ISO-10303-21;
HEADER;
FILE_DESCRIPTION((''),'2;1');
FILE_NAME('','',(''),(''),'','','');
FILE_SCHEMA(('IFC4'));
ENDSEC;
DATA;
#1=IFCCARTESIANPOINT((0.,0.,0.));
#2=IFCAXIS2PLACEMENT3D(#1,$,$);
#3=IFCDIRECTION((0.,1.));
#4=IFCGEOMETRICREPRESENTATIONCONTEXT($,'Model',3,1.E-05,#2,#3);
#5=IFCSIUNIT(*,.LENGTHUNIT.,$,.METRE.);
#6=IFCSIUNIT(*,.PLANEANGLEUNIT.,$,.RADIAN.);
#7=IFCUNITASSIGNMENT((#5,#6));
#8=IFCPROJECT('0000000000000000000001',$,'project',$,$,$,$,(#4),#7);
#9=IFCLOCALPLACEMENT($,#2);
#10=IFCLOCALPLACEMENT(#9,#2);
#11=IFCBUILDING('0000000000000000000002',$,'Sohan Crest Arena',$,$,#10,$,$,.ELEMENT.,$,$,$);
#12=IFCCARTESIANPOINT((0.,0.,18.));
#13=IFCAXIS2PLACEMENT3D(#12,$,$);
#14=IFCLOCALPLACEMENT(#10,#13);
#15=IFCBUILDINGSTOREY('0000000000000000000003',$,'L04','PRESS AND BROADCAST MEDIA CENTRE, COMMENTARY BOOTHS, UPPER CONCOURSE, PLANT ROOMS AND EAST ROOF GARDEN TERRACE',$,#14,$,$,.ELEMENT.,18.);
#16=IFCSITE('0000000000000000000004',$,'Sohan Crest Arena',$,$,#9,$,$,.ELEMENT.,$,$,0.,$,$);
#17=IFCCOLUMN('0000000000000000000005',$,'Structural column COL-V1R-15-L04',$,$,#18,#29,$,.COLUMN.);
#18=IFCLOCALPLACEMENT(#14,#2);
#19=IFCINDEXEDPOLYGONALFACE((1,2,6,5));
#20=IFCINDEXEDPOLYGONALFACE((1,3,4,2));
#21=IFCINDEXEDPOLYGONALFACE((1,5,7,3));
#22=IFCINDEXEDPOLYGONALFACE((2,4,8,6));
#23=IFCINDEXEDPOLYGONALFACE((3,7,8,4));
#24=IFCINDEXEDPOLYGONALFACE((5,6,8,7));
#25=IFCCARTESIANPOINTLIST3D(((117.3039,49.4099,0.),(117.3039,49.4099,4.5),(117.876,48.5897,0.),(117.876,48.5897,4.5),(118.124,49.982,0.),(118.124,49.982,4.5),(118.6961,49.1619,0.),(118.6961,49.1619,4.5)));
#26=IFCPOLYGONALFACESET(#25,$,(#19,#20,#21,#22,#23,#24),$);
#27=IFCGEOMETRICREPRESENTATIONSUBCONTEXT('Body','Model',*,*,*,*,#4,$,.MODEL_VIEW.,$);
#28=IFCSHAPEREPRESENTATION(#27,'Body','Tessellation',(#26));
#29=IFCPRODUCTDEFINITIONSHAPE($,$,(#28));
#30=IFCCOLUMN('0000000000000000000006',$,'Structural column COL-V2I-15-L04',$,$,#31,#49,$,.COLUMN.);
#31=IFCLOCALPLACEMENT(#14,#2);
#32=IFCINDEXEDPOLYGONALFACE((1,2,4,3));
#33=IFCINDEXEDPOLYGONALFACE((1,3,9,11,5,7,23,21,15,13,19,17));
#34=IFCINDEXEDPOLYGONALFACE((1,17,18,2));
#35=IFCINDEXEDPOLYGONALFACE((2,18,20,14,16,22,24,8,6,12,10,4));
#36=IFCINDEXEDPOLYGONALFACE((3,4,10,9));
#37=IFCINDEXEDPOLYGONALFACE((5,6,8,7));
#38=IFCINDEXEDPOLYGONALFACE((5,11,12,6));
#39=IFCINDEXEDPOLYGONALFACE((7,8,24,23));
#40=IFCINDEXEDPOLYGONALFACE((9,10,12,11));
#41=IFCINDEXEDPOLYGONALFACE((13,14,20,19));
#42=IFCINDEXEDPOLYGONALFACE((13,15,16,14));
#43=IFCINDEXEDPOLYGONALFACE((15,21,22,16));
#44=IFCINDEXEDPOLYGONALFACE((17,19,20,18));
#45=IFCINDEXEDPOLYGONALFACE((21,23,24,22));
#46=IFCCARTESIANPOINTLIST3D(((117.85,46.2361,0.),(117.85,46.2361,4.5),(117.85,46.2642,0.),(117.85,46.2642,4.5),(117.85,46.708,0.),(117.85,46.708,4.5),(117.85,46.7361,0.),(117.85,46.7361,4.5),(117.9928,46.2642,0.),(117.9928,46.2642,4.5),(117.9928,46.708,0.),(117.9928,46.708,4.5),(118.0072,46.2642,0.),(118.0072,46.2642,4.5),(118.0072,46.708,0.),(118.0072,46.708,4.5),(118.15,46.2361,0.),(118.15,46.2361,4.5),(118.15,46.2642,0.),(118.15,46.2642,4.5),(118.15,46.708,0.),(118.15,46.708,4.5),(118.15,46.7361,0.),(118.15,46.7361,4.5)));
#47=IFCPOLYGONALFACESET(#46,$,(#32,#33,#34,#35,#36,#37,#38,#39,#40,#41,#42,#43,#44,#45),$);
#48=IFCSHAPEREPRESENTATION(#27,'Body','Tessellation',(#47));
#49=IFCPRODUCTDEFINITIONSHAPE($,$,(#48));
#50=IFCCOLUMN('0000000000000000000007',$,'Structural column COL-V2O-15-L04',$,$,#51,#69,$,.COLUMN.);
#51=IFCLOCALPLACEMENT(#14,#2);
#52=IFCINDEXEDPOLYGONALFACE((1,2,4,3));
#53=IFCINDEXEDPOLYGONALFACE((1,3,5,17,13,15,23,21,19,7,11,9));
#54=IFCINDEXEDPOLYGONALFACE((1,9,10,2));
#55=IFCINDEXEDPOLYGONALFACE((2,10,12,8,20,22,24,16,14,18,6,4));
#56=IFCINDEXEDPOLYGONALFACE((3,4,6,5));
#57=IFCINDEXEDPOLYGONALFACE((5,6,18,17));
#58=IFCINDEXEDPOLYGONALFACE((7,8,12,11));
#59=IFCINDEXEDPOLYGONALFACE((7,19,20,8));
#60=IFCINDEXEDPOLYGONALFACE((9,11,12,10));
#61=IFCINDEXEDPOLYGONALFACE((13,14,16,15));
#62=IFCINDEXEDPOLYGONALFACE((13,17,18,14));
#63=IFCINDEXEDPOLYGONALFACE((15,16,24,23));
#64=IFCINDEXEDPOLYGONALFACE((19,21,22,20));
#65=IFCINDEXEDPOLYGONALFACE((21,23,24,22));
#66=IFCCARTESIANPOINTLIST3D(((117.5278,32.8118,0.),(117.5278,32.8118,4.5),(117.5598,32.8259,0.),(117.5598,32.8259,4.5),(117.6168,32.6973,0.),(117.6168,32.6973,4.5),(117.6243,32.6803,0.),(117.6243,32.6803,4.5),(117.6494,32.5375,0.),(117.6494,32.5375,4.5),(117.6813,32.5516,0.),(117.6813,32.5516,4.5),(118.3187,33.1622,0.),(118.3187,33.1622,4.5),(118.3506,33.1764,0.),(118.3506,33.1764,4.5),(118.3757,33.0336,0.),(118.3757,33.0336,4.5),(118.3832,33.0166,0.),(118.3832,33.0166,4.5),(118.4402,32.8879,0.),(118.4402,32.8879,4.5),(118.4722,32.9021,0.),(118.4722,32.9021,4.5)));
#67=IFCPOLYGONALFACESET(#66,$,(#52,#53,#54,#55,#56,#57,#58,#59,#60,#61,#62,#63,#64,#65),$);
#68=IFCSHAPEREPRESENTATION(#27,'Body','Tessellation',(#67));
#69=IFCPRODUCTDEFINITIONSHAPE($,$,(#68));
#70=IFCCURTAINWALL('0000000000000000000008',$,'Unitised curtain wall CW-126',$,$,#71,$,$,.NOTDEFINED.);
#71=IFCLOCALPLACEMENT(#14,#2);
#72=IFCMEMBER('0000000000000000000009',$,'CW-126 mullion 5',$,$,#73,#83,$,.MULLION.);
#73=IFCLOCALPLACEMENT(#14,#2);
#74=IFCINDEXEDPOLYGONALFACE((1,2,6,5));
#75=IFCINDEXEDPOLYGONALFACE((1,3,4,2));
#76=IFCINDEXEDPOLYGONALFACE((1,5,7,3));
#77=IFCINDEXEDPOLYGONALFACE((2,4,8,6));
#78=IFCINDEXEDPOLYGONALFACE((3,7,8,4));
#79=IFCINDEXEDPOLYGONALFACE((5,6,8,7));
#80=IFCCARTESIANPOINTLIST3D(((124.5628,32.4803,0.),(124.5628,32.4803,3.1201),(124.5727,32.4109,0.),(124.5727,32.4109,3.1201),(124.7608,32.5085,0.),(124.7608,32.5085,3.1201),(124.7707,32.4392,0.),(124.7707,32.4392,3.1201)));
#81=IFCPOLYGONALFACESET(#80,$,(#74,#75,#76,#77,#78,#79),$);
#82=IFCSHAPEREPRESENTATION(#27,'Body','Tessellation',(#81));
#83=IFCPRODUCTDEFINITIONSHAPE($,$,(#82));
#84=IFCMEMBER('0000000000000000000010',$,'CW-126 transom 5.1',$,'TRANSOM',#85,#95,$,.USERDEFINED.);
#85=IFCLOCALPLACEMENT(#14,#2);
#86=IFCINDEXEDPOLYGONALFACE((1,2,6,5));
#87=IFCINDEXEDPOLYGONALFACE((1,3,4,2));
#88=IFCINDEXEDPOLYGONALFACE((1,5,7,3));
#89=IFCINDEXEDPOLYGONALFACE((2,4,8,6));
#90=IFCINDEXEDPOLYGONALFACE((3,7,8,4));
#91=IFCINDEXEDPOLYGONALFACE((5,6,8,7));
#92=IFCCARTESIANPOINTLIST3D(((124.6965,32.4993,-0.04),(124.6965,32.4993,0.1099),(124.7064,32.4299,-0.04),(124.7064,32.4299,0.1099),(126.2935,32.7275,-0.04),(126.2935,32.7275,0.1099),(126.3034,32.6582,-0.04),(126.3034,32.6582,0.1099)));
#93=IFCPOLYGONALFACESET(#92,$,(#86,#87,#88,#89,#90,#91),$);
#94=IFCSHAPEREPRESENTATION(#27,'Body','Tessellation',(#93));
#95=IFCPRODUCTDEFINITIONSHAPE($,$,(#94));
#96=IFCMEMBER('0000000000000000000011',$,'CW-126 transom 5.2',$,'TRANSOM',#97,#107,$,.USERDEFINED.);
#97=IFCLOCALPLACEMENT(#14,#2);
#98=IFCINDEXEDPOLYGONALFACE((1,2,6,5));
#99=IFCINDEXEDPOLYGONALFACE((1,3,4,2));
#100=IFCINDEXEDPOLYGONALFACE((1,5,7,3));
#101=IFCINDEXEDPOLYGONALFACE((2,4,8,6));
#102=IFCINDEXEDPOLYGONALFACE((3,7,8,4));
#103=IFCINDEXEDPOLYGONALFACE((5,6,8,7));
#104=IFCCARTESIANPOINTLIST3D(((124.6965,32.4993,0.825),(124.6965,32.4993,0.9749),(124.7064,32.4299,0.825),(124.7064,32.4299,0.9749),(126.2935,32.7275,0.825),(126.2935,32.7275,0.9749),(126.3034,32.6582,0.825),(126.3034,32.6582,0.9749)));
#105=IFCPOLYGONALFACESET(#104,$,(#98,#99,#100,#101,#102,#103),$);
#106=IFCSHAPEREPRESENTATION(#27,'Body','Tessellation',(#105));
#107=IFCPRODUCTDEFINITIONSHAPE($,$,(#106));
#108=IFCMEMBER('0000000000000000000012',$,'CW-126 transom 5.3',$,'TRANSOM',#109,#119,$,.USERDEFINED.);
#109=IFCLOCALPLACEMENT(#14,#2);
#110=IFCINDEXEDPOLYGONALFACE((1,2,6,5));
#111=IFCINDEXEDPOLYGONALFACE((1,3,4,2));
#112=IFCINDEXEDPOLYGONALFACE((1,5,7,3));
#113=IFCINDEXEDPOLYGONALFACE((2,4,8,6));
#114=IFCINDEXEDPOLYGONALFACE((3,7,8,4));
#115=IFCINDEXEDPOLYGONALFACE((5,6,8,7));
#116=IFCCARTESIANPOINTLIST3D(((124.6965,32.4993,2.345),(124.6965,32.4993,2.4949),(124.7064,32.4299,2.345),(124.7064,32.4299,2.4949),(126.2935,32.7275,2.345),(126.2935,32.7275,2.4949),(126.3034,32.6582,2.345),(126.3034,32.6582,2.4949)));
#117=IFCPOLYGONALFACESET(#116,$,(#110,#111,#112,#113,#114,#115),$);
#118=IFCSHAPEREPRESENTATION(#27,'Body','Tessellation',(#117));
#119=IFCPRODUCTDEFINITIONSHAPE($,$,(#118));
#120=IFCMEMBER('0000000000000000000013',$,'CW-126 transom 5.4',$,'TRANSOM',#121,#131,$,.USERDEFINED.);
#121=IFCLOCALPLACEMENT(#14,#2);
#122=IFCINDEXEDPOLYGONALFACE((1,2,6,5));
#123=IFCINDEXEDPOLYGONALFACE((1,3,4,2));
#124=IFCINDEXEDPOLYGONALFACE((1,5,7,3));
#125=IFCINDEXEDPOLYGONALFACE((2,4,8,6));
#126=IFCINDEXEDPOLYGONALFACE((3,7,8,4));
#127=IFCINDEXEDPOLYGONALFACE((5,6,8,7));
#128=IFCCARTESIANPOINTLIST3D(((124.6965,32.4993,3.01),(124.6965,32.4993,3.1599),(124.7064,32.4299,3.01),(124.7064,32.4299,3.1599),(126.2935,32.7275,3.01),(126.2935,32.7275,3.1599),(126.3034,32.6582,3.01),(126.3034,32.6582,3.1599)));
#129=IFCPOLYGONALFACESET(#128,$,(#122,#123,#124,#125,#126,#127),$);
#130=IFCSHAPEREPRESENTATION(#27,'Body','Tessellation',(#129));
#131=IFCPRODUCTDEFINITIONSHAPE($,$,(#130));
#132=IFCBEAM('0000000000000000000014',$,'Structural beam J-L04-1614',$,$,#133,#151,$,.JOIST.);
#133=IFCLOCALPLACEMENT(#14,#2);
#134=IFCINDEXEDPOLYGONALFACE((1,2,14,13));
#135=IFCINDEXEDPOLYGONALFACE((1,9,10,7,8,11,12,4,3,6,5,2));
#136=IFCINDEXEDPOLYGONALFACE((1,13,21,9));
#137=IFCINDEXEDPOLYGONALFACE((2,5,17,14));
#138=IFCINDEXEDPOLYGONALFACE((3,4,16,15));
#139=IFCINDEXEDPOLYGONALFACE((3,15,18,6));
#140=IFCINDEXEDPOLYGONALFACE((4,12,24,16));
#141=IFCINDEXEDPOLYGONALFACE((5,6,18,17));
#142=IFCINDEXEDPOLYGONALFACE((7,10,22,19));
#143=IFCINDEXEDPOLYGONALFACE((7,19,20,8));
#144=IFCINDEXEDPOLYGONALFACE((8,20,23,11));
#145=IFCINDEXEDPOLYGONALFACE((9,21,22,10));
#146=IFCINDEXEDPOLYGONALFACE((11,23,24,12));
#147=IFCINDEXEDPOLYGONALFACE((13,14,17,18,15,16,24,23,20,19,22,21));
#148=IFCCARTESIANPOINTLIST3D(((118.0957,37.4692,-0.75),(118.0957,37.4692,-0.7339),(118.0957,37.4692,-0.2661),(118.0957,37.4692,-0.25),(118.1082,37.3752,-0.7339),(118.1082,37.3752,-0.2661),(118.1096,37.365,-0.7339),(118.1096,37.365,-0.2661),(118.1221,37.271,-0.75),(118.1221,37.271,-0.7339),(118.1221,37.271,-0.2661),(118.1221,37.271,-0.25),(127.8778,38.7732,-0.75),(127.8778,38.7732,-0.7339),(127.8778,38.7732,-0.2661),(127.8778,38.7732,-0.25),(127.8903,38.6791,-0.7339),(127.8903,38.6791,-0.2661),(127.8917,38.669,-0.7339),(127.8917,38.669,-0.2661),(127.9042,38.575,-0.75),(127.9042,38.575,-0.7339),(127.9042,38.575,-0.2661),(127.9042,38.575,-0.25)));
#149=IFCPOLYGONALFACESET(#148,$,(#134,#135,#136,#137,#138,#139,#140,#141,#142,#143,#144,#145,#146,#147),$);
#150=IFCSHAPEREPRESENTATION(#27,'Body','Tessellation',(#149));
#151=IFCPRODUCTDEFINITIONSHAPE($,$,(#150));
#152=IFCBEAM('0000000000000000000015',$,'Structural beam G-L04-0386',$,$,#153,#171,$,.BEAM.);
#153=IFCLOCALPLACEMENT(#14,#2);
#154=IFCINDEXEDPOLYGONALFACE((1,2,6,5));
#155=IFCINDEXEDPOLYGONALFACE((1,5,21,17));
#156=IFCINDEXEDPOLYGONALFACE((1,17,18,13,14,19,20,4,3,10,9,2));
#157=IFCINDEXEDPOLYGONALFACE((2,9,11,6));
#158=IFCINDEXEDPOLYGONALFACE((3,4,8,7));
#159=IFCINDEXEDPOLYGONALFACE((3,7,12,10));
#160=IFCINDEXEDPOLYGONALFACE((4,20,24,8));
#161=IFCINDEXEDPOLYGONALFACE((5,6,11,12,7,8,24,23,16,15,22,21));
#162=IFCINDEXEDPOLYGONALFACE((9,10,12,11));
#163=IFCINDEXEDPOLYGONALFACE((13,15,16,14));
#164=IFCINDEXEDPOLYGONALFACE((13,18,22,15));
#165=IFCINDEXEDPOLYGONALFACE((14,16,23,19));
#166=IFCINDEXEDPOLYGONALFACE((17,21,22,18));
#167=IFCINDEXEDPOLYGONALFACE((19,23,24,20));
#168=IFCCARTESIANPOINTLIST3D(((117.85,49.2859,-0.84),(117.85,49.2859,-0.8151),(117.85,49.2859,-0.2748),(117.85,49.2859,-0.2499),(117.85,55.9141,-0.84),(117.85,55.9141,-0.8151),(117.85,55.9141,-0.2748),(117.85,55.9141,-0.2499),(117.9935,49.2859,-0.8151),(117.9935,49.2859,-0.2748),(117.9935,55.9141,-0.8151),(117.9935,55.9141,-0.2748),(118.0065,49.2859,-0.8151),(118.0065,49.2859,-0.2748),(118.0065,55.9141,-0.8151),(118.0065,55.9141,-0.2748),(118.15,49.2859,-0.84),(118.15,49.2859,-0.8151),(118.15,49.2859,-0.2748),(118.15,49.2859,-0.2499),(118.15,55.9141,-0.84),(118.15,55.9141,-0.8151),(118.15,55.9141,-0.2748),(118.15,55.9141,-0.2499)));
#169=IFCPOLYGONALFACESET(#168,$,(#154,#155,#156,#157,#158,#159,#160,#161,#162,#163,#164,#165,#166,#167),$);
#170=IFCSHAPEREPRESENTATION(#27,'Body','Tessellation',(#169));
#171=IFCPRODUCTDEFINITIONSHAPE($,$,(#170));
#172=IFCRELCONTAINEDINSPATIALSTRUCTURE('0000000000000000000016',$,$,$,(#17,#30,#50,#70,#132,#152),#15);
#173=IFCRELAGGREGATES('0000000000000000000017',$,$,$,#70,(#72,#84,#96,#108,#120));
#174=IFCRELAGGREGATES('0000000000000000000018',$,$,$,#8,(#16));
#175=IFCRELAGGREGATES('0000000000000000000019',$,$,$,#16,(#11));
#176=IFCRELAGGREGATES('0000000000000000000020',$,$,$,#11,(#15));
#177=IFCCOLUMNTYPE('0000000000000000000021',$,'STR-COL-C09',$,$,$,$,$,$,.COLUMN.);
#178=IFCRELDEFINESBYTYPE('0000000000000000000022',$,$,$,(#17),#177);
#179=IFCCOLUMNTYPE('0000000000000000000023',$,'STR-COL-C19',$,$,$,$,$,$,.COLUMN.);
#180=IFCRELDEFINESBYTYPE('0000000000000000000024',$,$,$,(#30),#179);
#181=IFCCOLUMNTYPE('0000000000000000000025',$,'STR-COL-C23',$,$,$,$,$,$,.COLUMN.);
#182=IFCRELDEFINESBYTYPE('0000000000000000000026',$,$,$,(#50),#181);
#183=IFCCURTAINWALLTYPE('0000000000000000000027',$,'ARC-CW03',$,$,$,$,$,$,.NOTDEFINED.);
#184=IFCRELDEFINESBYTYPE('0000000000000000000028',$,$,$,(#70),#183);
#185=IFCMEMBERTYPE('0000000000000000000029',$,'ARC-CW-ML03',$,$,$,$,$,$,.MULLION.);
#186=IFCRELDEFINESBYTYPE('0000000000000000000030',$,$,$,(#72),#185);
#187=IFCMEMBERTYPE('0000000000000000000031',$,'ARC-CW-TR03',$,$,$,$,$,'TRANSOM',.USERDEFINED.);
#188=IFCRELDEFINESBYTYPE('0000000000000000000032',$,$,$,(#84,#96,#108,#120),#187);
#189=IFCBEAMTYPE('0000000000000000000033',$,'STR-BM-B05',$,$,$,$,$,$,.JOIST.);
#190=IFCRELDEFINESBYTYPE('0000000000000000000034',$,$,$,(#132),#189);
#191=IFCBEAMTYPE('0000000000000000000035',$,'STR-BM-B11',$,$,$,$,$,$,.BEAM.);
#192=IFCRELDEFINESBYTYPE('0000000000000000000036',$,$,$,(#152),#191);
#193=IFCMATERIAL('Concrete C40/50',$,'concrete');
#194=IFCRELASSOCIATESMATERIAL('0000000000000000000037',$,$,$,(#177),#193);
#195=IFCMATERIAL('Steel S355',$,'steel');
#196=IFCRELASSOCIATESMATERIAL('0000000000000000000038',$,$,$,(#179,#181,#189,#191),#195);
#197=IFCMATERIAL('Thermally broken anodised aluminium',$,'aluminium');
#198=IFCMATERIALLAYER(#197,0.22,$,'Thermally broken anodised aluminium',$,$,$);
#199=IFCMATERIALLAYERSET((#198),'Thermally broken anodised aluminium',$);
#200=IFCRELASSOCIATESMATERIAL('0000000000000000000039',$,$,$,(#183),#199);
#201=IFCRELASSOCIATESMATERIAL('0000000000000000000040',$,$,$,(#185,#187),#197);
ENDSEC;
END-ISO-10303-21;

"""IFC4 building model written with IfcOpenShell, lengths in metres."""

from ifc_helpers import new_model, si_unit, direction, frame, origin, origin_2d, place, context, subcontext, project, spatial, rectangle, i_section, extrude, material, layer, layer_set, material_profile, profile_set, type_object, element, aggregate, save


model = new_model("IFC4")

# Units and contexts
model_context = context("Model", 3, precision=1e-05, world=origin(), true_north=direction((0.0, 1.0)))
body_context = subcontext(model_context, "Body", "Model", "MODEL_VIEW")
ifc_project = project(units=[si_unit("LENGTHUNIT", "METRE"), si_unit("PLANEANGLEUNIT", "RADIAN")], contexts=[model_context])

# Site, building, storey
site_placement = place(None, origin())
site = spatial("IfcSite", under=ifc_project, at=site_placement, Name="Sohan Crest Arena", CompositionType="ELEMENT", RefElevation=0.0)
building_placement = place(site_placement, origin())
building = spatial("IfcBuilding", under=site, at=building_placement, Name="Sohan Crest Arena", CompositionType="ELEMENT")
storey_placement = place(building_placement, frame((0.0, 0.0, 18.0)))
storey = spatial("IfcBuildingStorey", under=building, at=storey_placement, Name="L04", Description="PRESS AND BROADCAST MEDIA CENTRE, COMMENTARY BOOTHS, UPPER CONCOURSE, PLANT ROOMS AND EAST ROOF GARDEN TERRACE", CompositionType="ELEMENT", Elevation=18.0)

# Columns
ifc_material_1 = material(Name="Concrete C40/50", Category="concrete")
ifc_material_profile_1 = material_profile(ifc_material_1, rectangle(XDim=1.0, YDim=1.0, at=origin_2d()), Name="RC 1000x1000")
ifc_profile_set_1 = profile_set([ifc_material_profile_1], Name="Concrete C40/50")
column_type_1 = type_object("IfcColumnType", Name="STR-COL-C09", PredefinedType="COLUMN", material=ifc_profile_set_1)
column_1_placement = place(storey_placement, frame((118.0, 49.2859, 0.0), z_axis=(0.0, 0.0, 1.0), x_axis=(-0.572146, 0.820152, 0.0)))
element("IfcColumn", 1, at=column_1_placement, inside=storey, type_object=column_type_1, Name="Structural column COL-V1R-15-L04", PredefinedType="COLUMN", context=body_context, shape_type="SweptSolid", body=[
    extrude(rectangle(XDim=1.0, YDim=1.0, at=origin_2d()), origin(), (0.0, 0.0, 1.0), 4.5),
])
ifc_material_2 = material(Name="Steel S355", Category="steel")
ifc_material_profile_2 = material_profile(ifc_material_2, i_section(OverallWidth=0.3, OverallDepth=0.5, WebThickness=0.0144, FlangeThickness=0.0281, at=origin_2d()), Name="HEB 500")
ifc_profile_set_2 = profile_set([ifc_material_profile_2], Name="Steel S355")
column_type_2 = type_object("IfcColumnType", Name="STR-COL-C19", PredefinedType="COLUMN", material=ifc_profile_set_2)
column_2_placement = place(storey_placement, frame((118.0, 46.4861, 0.0), z_axis=(0.0, 0.0, 1.0), x_axis=(1.0, 0.0, 0.0)))
element("IfcColumn", 2, at=column_2_placement, inside=storey, type_object=column_type_2, Name="Structural column COL-V2I-15-L04", PredefinedType="COLUMN", context=body_context, shape_type="SweptSolid", body=[
    extrude(i_section(OverallWidth=0.3, OverallDepth=0.5, WebThickness=0.0144, FlangeThickness=0.0281, at=origin_2d()), origin(), (0.0, 0.0, 1.0), 4.5),
])
ifc_material_profile_3 = material_profile(ifc_material_2, i_section(OverallWidth=0.3, OverallDepth=0.8999, WebThickness=0.0186, FlangeThickness=0.0349, at=origin_2d()), Name="HEB 900")
ifc_profile_set_3 = profile_set([ifc_material_profile_3], Name="Steel S355")
column_type_3 = type_object("IfcColumnType", Name="STR-COL-C23", PredefinedType="COLUMN", material=ifc_profile_set_3)
column_3_placement = place(storey_placement, frame((118.0, 32.8569, 0.0), z_axis=(0.0, 0.0, 1.0), x_axis=(-0.405142, 0.914254, 0.0)))
element("IfcColumn", 3, at=column_3_placement, inside=storey, type_object=column_type_3, Name="Structural column COL-V2O-15-L04", PredefinedType="COLUMN", context=body_context, shape_type="SweptSolid", body=[
    extrude(i_section(OverallWidth=0.3, OverallDepth=0.8999, WebThickness=0.0186, FlangeThickness=0.0349, at=origin_2d()), origin(), (0.0, 0.0, 1.0), 4.5),
])

# Curtain wall, members
ifc_material_3 = material(Name="Thermally broken anodised aluminium", Category="aluminium")
ifc_layer_1 = layer(ifc_material_3, 0.22, Name="Thermally broken anodised aluminium")
ifc_layer_set_1 = layer_set([ifc_layer_1], Name="Thermally broken anodised aluminium")
curtain_wall_type = type_object("IfcCurtainWallType", Name="ARC-CW03", PredefinedType="NOTDEFINED", material=ifc_layer_set_1)
curtain_wall_placement = place(storey_placement, origin())
curtain_wall = element("IfcCurtainWall", 4, at=curtain_wall_placement, inside=storey, type_object=curtain_wall_type, Name="Unitised curtain wall CW-126", PredefinedType="NOTDEFINED")
ifc_material_profile_4 = material_profile(ifc_material_3, rectangle(XDim=0.0701, YDim=0.2, at=origin_2d()), Name="ALU-MULL 70x200")
ifc_profile_set_4 = profile_set([ifc_material_profile_4], Name="Thermally broken anodised aluminium")
member_type_1 = type_object("IfcMemberType", Name="ARC-CW-ML03", PredefinedType="MULLION", material=ifc_profile_set_4)
member_1_placement = place(storey_placement, frame((124.6667, 32.4597, 0.0), z_axis=(0.0, 0.0, 1.0), x_axis=(-0.141463, 0.989944, 0.0)))
member_1 = element("IfcMember", 5, at=member_1_placement, type_object=member_type_1, Name="CW-126 mullion 5", PredefinedType="MULLION", context=body_context, shape_type="SweptSolid", body=[
    extrude(rectangle(XDim=0.0701, YDim=0.2, at=origin_2d()), origin(), (0.0, 0.0, 1.0), 3.1201),
])
ifc_material_profile_5 = material_profile(ifc_material_3, rectangle(XDim=0.0701, YDim=0.1499, at=origin_2d()), Name="ALU-TRAN 70x150")
ifc_profile_set_5 = profile_set([ifc_material_profile_5], Name="Thermally broken anodised aluminium")
member_type_2 = type_object("IfcMemberType", Name="ARC-CW-TR03", ElementType="TRANSOM", PredefinedType="USERDEFINED", material=ifc_profile_set_5)
member_2_placement = place(storey_placement, frame((124.7014, 32.4646, 0.0349), z_axis=(0.98994, 0.141485, 0.0), x_axis=(-0.141485, 0.98994, 0.0)))
member_2 = element("IfcMember", 6, at=member_2_placement, type_object=member_type_2, Name="CW-126 transom 5.1", ObjectType="TRANSOM", PredefinedType="USERDEFINED", context=body_context, shape_type="SweptSolid", body=[
    extrude(rectangle(XDim=0.0701, YDim=0.1499, at=origin_2d()), origin(), (0.0, 0.0, 1.0), 1.6133),
])
member_3_placement = place(storey_placement, frame((124.7014, 32.4646, 0.8999), z_axis=(0.98994, 0.141485, 0.0), x_axis=(-0.141485, 0.98994, 0.0)))
member_3 = element("IfcMember", 7, at=member_3_placement, type_object=member_type_2, Name="CW-126 transom 5.2", ObjectType="TRANSOM", PredefinedType="USERDEFINED", context=body_context, shape_type="SweptSolid", body=[
    extrude(rectangle(XDim=0.0701, YDim=0.1499, at=origin_2d()), origin(), (0.0, 0.0, 1.0), 1.6133),
])
member_4_placement = place(storey_placement, frame((124.7014, 32.4646, 2.4199), z_axis=(0.98994, 0.141485, 0.0), x_axis=(-0.141485, 0.98994, 0.0)))
member_4 = element("IfcMember", 8, at=member_4_placement, type_object=member_type_2, Name="CW-126 transom 5.3", ObjectType="TRANSOM", PredefinedType="USERDEFINED", context=body_context, shape_type="SweptSolid", body=[
    extrude(rectangle(XDim=0.0701, YDim=0.1499, at=origin_2d()), origin(), (0.0, 0.0, 1.0), 1.6133),
])
member_5_placement = place(storey_placement, frame((124.7014, 32.4646, 3.085), z_axis=(0.98994, 0.141485, 0.0), x_axis=(-0.141485, 0.98994, 0.0)))
member_5 = element("IfcMember", 9, at=member_5_placement, type_object=member_type_2, Name="CW-126 transom 5.4", ObjectType="TRANSOM", PredefinedType="USERDEFINED", context=body_context, shape_type="SweptSolid", body=[
    extrude(rectangle(XDim=0.0701, YDim=0.1499, at=origin_2d()), origin(), (0.0, 0.0, 1.0), 1.6133),
])

# Beams
ifc_material_profile_6 = material_profile(ifc_material_2, i_section(OverallWidth=0.2, OverallDepth=0.5, WebThickness=0.0103, FlangeThickness=0.0161, at=origin_2d()), Name="IPE 500")
ifc_profile_set_6 = profile_set([ifc_material_profile_6], Name="Steel S355")
beam_type_1 = type_object("IfcBeamType", Name="STR-BM-B05", PredefinedType="JOIST", material=ifc_profile_set_6)
beam_1_placement = place(storey_placement, frame((118.1089, 37.3701, -0.5), z_axis=(0.991232, 0.13213, 0.0), x_axis=(-0.13213, 0.991232, 0.0)))
element("IfcBeam", 10, at=beam_1_placement, inside=storey, type_object=beam_type_1, Name="Structural beam J-L04-1614", PredefinedType="JOIST", context=body_context, shape_type="SweptSolid", body=[
    extrude(i_section(OverallWidth=0.2, OverallDepth=0.5, WebThickness=0.0103, FlangeThickness=0.0161, at=origin_2d()), origin(), (0.0, 0.0, 1.0), 9.8687),
])
ifc_material_profile_7 = material_profile(ifc_material_2, i_section(OverallWidth=0.3, OverallDepth=0.5901, WebThickness=0.0129, FlangeThickness=0.0249, at=origin_2d()), Name="HEA 600")
ifc_profile_set_7 = profile_set([ifc_material_profile_7], Name="Steel S355")
beam_type_2 = type_object("IfcBeamType", Name="STR-BM-B11", PredefinedType="BEAM", material=ifc_profile_set_7)
beam_2_placement = place(storey_placement, frame((118.0, 55.9141, -0.5449), z_axis=(0.0, -1.0, 0.0), x_axis=(1.0, 0.0, 0.0)))
element("IfcBeam", 11, at=beam_2_placement, inside=storey, type_object=beam_type_2, Name="Structural beam G-L04-0386", PredefinedType="BEAM", context=body_context, shape_type="SweptSolid", body=[
    extrude(i_section(OverallWidth=0.3, OverallDepth=0.5901, WebThickness=0.0129, FlangeThickness=0.0249, at=origin_2d()), origin(), (0.0, 0.0, 1.0), 6.6282),
])

aggregate(curtain_wall, [member_1, member_2, member_3, member_4, member_5])

save(model, "model.ifc")
